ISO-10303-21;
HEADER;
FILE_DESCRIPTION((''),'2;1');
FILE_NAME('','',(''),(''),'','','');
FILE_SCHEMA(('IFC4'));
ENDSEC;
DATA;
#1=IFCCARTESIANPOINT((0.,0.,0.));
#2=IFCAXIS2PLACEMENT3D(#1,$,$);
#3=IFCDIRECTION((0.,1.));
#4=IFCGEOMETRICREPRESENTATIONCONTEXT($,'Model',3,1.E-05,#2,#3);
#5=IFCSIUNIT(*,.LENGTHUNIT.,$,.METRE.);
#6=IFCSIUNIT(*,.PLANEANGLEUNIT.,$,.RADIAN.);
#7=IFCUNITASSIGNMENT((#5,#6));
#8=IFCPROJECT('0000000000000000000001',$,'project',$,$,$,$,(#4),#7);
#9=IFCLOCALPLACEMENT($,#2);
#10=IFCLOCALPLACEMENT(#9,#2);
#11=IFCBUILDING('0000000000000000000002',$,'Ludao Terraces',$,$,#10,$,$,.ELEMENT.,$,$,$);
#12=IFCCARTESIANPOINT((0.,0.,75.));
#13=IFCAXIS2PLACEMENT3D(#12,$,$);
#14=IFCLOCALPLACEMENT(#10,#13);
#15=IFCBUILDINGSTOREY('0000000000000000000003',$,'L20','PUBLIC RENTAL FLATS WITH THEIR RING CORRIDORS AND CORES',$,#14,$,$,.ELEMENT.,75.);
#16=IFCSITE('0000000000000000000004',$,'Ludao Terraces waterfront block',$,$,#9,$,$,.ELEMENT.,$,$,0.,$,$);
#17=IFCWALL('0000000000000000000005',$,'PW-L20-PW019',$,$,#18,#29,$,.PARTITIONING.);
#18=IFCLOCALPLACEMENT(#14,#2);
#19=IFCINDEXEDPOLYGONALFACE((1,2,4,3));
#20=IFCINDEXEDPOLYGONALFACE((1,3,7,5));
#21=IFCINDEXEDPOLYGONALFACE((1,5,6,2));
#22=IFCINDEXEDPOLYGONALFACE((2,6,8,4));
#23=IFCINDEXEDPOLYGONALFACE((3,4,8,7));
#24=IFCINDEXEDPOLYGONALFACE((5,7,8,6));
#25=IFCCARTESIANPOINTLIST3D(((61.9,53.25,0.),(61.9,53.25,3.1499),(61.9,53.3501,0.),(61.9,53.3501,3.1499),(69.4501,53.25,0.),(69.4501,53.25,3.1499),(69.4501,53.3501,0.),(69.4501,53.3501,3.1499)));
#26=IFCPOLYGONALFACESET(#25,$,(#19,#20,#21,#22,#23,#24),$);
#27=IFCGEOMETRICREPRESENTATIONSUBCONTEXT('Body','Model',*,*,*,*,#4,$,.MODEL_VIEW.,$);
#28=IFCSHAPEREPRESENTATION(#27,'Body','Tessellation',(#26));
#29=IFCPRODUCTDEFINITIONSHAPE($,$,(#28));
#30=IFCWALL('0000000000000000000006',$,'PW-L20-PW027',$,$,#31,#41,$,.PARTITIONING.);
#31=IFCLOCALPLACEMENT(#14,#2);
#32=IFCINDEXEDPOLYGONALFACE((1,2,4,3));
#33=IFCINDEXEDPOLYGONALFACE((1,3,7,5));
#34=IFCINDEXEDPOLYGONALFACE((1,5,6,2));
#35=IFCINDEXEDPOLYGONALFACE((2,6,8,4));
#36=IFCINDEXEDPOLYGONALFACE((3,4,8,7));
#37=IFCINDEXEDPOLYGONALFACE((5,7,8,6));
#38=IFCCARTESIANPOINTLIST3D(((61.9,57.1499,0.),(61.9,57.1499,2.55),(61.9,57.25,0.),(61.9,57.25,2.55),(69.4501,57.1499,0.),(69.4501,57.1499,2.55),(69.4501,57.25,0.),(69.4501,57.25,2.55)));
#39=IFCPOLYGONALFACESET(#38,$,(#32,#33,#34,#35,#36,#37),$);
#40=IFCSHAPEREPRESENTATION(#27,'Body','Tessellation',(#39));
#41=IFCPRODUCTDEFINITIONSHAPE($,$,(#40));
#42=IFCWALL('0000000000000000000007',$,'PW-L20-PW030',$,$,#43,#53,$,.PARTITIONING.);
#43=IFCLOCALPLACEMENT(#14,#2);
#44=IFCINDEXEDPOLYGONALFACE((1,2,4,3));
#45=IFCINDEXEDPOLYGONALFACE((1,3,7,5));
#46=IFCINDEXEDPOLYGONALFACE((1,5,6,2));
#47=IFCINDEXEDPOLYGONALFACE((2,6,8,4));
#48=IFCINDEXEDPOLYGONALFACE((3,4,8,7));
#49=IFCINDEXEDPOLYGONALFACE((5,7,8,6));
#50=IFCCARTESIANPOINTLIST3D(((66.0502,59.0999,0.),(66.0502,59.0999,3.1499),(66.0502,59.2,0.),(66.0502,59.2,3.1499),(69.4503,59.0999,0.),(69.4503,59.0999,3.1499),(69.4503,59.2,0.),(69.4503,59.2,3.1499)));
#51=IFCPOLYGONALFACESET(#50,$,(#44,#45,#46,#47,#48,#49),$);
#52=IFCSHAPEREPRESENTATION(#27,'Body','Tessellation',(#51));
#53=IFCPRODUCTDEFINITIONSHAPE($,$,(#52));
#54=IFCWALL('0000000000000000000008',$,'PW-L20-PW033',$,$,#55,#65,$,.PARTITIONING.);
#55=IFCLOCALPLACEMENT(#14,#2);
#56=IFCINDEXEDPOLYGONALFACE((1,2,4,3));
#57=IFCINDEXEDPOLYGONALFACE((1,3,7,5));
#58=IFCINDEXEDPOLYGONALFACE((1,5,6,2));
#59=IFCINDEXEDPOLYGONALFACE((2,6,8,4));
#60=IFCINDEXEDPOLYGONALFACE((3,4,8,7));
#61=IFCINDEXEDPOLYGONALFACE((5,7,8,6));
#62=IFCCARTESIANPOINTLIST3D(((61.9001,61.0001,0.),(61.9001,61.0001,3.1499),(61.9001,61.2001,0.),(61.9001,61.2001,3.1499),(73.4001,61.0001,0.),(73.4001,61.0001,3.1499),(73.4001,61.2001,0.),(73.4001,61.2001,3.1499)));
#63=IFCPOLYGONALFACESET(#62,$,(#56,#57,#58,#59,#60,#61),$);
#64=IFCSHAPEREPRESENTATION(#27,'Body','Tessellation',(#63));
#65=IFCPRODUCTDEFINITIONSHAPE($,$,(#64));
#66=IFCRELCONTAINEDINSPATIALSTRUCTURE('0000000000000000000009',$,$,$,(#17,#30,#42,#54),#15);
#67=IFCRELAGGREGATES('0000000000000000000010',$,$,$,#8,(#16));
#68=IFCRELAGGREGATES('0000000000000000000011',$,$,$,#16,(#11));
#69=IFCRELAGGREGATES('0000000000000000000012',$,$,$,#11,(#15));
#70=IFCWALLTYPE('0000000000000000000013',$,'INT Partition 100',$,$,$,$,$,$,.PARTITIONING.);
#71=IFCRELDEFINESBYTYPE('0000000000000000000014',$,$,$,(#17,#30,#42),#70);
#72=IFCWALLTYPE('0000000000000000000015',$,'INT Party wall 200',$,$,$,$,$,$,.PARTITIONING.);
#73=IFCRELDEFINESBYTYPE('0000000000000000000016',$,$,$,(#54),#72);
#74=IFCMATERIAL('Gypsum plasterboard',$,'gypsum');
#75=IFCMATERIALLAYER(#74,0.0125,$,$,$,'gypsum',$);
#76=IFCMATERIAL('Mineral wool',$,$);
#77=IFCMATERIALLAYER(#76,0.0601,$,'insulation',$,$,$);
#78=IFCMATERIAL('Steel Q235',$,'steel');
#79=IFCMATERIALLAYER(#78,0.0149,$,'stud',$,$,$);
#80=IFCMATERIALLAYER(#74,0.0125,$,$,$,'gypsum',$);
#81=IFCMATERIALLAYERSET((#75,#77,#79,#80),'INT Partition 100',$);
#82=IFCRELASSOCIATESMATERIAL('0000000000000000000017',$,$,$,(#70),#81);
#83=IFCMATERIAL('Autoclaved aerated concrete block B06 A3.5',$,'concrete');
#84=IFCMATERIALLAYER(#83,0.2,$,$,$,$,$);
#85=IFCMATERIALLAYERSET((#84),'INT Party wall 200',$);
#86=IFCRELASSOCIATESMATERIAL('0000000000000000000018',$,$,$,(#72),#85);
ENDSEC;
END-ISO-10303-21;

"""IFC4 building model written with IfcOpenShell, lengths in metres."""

from ifc_helpers import new_model, si_unit, direction, frame, frame_2d, origin, place, context, subcontext, project, spatial, rectangle, extrude, material, layer, layer_set, type_object, element, save


model = new_model("IFC4")

# Units and contexts
model_context = context("Model", 3, precision=1e-05, world=origin(), true_north=direction((0.0, 1.0)))
body_context = subcontext(model_context, "Body", "Model", "MODEL_VIEW")
ifc_project = project(units=[si_unit("LENGTHUNIT", "METRE"), si_unit("PLANEANGLEUNIT", "RADIAN")], contexts=[model_context])

# Site, building, storey
site_placement = place(None, origin())
site = spatial("IfcSite", under=ifc_project, at=site_placement, Name="Ludao Terraces waterfront block", CompositionType="ELEMENT", RefElevation=0.0)
building_placement = place(site_placement, origin())
building = spatial("IfcBuilding", under=site, at=building_placement, Name="Ludao Terraces", CompositionType="ELEMENT")
storey_placement = place(building_placement, frame((0.0, 0.0, 75.0)))
storey = spatial("IfcBuildingStorey", under=building, at=storey_placement, Name="L20", Description="PUBLIC RENTAL FLATS WITH THEIR RING CORRIDORS AND CORES", CompositionType="ELEMENT", Elevation=75.0)

# Shared definitions
ifc_material_1 = material(Name="Mineral wool")

# Shared definitions
ifc_material_2 = material(Name="Gypsum plasterboard", Category="gypsum")
ifc_layer_1 = layer(ifc_material_2, 0.0125, Category="gypsum")
ifc_layer_2 = layer(ifc_material_1, 0.0601, Name="insulation")
ifc_material_3 = material(Name="Steel Q235", Category="steel")
ifc_layer_3 = layer(ifc_material_3, 0.0149, Name="stud")
ifc_layer_4 = layer(ifc_material_2, 0.0125, Category="gypsum")
ifc_layer_set_1 = layer_set([ifc_layer_1, ifc_layer_2, ifc_layer_3, ifc_layer_4], Name="INT Partition 100")
wall_type_1 = type_object("IfcWallType", Name="INT Partition 100", PredefinedType="PARTITIONING", material=ifc_layer_set_1)

# Walls
wall_1_placement = place(storey_placement, frame((61.9001, 53.3, 0.0), z_axis=(0.0, 0.0, 1.0), x_axis=(1.0, 0.0, 0.0)))
element("IfcWall", 1, at=wall_1_placement, inside=storey, type_object=wall_type_1, Name="PW-L20-PW019", PredefinedType="PARTITIONING", context=body_context, shape_type="SweptSolid", body=[
    extrude(rectangle(XDim=7.55, YDim=0.1001, at=frame_2d((3.7749, 0.0))), origin(), (0.0, 0.0, 1.0), 3.1499),
])
wall_2_placement = place(storey_placement, frame((61.9001, 57.2, 0.0), z_axis=(0.0, 0.0, 1.0), x_axis=(1.0, 0.0, 0.0)))
element("IfcWall", 2, at=wall_2_placement, inside=storey, type_object=wall_type_1, Name="PW-L20-PW027", PredefinedType="PARTITIONING", context=body_context, shape_type="SweptSolid", body=[
    extrude(rectangle(XDim=7.55, YDim=0.1001, at=frame_2d((3.7749, 0.0))), origin(), (0.0, 0.0, 1.0), 2.55),
])
wall_3_placement = place(storey_placement, frame((66.05, 59.1499, 0.0), z_axis=(0.0, 0.0, 1.0), x_axis=(1.0, 0.0, 0.0)))
element("IfcWall", 3, at=wall_3_placement, inside=storey, type_object=wall_type_1, Name="PW-L20-PW030", PredefinedType="PARTITIONING", context=body_context, shape_type="SweptSolid", body=[
    extrude(rectangle(XDim=3.4001, YDim=0.1001, at=frame_2d((1.7002, 0.0))), origin(), (0.0, 0.0, 1.0), 3.1499),
])
ifc_material_4 = material(Name="Autoclaved aerated concrete block B06 A3.5", Category="concrete")
ifc_layer_5 = layer(ifc_material_4, 0.2)
ifc_layer_set_2 = layer_set([ifc_layer_5], Name="INT Party wall 200")
wall_type_2 = type_object("IfcWallType", Name="INT Party wall 200", PredefinedType="PARTITIONING", material=ifc_layer_set_2)
wall_4_placement = place(storey_placement, frame((61.9001, 61.1001, 0.0), z_axis=(0.0, 0.0, 1.0), x_axis=(1.0, 0.0, 0.0)))
element("IfcWall", 4, at=wall_4_placement, inside=storey, type_object=wall_type_2, Name="PW-L20-PW033", PredefinedType="PARTITIONING", context=body_context, shape_type="SweptSolid", body=[
    extrude(rectangle(XDim=11.5, YDim=0.2, at=frame_2d((5.75, 0.0))), origin(), (0.0, 0.0, 1.0), 3.1499),
])

save(model, "model.ifc")
